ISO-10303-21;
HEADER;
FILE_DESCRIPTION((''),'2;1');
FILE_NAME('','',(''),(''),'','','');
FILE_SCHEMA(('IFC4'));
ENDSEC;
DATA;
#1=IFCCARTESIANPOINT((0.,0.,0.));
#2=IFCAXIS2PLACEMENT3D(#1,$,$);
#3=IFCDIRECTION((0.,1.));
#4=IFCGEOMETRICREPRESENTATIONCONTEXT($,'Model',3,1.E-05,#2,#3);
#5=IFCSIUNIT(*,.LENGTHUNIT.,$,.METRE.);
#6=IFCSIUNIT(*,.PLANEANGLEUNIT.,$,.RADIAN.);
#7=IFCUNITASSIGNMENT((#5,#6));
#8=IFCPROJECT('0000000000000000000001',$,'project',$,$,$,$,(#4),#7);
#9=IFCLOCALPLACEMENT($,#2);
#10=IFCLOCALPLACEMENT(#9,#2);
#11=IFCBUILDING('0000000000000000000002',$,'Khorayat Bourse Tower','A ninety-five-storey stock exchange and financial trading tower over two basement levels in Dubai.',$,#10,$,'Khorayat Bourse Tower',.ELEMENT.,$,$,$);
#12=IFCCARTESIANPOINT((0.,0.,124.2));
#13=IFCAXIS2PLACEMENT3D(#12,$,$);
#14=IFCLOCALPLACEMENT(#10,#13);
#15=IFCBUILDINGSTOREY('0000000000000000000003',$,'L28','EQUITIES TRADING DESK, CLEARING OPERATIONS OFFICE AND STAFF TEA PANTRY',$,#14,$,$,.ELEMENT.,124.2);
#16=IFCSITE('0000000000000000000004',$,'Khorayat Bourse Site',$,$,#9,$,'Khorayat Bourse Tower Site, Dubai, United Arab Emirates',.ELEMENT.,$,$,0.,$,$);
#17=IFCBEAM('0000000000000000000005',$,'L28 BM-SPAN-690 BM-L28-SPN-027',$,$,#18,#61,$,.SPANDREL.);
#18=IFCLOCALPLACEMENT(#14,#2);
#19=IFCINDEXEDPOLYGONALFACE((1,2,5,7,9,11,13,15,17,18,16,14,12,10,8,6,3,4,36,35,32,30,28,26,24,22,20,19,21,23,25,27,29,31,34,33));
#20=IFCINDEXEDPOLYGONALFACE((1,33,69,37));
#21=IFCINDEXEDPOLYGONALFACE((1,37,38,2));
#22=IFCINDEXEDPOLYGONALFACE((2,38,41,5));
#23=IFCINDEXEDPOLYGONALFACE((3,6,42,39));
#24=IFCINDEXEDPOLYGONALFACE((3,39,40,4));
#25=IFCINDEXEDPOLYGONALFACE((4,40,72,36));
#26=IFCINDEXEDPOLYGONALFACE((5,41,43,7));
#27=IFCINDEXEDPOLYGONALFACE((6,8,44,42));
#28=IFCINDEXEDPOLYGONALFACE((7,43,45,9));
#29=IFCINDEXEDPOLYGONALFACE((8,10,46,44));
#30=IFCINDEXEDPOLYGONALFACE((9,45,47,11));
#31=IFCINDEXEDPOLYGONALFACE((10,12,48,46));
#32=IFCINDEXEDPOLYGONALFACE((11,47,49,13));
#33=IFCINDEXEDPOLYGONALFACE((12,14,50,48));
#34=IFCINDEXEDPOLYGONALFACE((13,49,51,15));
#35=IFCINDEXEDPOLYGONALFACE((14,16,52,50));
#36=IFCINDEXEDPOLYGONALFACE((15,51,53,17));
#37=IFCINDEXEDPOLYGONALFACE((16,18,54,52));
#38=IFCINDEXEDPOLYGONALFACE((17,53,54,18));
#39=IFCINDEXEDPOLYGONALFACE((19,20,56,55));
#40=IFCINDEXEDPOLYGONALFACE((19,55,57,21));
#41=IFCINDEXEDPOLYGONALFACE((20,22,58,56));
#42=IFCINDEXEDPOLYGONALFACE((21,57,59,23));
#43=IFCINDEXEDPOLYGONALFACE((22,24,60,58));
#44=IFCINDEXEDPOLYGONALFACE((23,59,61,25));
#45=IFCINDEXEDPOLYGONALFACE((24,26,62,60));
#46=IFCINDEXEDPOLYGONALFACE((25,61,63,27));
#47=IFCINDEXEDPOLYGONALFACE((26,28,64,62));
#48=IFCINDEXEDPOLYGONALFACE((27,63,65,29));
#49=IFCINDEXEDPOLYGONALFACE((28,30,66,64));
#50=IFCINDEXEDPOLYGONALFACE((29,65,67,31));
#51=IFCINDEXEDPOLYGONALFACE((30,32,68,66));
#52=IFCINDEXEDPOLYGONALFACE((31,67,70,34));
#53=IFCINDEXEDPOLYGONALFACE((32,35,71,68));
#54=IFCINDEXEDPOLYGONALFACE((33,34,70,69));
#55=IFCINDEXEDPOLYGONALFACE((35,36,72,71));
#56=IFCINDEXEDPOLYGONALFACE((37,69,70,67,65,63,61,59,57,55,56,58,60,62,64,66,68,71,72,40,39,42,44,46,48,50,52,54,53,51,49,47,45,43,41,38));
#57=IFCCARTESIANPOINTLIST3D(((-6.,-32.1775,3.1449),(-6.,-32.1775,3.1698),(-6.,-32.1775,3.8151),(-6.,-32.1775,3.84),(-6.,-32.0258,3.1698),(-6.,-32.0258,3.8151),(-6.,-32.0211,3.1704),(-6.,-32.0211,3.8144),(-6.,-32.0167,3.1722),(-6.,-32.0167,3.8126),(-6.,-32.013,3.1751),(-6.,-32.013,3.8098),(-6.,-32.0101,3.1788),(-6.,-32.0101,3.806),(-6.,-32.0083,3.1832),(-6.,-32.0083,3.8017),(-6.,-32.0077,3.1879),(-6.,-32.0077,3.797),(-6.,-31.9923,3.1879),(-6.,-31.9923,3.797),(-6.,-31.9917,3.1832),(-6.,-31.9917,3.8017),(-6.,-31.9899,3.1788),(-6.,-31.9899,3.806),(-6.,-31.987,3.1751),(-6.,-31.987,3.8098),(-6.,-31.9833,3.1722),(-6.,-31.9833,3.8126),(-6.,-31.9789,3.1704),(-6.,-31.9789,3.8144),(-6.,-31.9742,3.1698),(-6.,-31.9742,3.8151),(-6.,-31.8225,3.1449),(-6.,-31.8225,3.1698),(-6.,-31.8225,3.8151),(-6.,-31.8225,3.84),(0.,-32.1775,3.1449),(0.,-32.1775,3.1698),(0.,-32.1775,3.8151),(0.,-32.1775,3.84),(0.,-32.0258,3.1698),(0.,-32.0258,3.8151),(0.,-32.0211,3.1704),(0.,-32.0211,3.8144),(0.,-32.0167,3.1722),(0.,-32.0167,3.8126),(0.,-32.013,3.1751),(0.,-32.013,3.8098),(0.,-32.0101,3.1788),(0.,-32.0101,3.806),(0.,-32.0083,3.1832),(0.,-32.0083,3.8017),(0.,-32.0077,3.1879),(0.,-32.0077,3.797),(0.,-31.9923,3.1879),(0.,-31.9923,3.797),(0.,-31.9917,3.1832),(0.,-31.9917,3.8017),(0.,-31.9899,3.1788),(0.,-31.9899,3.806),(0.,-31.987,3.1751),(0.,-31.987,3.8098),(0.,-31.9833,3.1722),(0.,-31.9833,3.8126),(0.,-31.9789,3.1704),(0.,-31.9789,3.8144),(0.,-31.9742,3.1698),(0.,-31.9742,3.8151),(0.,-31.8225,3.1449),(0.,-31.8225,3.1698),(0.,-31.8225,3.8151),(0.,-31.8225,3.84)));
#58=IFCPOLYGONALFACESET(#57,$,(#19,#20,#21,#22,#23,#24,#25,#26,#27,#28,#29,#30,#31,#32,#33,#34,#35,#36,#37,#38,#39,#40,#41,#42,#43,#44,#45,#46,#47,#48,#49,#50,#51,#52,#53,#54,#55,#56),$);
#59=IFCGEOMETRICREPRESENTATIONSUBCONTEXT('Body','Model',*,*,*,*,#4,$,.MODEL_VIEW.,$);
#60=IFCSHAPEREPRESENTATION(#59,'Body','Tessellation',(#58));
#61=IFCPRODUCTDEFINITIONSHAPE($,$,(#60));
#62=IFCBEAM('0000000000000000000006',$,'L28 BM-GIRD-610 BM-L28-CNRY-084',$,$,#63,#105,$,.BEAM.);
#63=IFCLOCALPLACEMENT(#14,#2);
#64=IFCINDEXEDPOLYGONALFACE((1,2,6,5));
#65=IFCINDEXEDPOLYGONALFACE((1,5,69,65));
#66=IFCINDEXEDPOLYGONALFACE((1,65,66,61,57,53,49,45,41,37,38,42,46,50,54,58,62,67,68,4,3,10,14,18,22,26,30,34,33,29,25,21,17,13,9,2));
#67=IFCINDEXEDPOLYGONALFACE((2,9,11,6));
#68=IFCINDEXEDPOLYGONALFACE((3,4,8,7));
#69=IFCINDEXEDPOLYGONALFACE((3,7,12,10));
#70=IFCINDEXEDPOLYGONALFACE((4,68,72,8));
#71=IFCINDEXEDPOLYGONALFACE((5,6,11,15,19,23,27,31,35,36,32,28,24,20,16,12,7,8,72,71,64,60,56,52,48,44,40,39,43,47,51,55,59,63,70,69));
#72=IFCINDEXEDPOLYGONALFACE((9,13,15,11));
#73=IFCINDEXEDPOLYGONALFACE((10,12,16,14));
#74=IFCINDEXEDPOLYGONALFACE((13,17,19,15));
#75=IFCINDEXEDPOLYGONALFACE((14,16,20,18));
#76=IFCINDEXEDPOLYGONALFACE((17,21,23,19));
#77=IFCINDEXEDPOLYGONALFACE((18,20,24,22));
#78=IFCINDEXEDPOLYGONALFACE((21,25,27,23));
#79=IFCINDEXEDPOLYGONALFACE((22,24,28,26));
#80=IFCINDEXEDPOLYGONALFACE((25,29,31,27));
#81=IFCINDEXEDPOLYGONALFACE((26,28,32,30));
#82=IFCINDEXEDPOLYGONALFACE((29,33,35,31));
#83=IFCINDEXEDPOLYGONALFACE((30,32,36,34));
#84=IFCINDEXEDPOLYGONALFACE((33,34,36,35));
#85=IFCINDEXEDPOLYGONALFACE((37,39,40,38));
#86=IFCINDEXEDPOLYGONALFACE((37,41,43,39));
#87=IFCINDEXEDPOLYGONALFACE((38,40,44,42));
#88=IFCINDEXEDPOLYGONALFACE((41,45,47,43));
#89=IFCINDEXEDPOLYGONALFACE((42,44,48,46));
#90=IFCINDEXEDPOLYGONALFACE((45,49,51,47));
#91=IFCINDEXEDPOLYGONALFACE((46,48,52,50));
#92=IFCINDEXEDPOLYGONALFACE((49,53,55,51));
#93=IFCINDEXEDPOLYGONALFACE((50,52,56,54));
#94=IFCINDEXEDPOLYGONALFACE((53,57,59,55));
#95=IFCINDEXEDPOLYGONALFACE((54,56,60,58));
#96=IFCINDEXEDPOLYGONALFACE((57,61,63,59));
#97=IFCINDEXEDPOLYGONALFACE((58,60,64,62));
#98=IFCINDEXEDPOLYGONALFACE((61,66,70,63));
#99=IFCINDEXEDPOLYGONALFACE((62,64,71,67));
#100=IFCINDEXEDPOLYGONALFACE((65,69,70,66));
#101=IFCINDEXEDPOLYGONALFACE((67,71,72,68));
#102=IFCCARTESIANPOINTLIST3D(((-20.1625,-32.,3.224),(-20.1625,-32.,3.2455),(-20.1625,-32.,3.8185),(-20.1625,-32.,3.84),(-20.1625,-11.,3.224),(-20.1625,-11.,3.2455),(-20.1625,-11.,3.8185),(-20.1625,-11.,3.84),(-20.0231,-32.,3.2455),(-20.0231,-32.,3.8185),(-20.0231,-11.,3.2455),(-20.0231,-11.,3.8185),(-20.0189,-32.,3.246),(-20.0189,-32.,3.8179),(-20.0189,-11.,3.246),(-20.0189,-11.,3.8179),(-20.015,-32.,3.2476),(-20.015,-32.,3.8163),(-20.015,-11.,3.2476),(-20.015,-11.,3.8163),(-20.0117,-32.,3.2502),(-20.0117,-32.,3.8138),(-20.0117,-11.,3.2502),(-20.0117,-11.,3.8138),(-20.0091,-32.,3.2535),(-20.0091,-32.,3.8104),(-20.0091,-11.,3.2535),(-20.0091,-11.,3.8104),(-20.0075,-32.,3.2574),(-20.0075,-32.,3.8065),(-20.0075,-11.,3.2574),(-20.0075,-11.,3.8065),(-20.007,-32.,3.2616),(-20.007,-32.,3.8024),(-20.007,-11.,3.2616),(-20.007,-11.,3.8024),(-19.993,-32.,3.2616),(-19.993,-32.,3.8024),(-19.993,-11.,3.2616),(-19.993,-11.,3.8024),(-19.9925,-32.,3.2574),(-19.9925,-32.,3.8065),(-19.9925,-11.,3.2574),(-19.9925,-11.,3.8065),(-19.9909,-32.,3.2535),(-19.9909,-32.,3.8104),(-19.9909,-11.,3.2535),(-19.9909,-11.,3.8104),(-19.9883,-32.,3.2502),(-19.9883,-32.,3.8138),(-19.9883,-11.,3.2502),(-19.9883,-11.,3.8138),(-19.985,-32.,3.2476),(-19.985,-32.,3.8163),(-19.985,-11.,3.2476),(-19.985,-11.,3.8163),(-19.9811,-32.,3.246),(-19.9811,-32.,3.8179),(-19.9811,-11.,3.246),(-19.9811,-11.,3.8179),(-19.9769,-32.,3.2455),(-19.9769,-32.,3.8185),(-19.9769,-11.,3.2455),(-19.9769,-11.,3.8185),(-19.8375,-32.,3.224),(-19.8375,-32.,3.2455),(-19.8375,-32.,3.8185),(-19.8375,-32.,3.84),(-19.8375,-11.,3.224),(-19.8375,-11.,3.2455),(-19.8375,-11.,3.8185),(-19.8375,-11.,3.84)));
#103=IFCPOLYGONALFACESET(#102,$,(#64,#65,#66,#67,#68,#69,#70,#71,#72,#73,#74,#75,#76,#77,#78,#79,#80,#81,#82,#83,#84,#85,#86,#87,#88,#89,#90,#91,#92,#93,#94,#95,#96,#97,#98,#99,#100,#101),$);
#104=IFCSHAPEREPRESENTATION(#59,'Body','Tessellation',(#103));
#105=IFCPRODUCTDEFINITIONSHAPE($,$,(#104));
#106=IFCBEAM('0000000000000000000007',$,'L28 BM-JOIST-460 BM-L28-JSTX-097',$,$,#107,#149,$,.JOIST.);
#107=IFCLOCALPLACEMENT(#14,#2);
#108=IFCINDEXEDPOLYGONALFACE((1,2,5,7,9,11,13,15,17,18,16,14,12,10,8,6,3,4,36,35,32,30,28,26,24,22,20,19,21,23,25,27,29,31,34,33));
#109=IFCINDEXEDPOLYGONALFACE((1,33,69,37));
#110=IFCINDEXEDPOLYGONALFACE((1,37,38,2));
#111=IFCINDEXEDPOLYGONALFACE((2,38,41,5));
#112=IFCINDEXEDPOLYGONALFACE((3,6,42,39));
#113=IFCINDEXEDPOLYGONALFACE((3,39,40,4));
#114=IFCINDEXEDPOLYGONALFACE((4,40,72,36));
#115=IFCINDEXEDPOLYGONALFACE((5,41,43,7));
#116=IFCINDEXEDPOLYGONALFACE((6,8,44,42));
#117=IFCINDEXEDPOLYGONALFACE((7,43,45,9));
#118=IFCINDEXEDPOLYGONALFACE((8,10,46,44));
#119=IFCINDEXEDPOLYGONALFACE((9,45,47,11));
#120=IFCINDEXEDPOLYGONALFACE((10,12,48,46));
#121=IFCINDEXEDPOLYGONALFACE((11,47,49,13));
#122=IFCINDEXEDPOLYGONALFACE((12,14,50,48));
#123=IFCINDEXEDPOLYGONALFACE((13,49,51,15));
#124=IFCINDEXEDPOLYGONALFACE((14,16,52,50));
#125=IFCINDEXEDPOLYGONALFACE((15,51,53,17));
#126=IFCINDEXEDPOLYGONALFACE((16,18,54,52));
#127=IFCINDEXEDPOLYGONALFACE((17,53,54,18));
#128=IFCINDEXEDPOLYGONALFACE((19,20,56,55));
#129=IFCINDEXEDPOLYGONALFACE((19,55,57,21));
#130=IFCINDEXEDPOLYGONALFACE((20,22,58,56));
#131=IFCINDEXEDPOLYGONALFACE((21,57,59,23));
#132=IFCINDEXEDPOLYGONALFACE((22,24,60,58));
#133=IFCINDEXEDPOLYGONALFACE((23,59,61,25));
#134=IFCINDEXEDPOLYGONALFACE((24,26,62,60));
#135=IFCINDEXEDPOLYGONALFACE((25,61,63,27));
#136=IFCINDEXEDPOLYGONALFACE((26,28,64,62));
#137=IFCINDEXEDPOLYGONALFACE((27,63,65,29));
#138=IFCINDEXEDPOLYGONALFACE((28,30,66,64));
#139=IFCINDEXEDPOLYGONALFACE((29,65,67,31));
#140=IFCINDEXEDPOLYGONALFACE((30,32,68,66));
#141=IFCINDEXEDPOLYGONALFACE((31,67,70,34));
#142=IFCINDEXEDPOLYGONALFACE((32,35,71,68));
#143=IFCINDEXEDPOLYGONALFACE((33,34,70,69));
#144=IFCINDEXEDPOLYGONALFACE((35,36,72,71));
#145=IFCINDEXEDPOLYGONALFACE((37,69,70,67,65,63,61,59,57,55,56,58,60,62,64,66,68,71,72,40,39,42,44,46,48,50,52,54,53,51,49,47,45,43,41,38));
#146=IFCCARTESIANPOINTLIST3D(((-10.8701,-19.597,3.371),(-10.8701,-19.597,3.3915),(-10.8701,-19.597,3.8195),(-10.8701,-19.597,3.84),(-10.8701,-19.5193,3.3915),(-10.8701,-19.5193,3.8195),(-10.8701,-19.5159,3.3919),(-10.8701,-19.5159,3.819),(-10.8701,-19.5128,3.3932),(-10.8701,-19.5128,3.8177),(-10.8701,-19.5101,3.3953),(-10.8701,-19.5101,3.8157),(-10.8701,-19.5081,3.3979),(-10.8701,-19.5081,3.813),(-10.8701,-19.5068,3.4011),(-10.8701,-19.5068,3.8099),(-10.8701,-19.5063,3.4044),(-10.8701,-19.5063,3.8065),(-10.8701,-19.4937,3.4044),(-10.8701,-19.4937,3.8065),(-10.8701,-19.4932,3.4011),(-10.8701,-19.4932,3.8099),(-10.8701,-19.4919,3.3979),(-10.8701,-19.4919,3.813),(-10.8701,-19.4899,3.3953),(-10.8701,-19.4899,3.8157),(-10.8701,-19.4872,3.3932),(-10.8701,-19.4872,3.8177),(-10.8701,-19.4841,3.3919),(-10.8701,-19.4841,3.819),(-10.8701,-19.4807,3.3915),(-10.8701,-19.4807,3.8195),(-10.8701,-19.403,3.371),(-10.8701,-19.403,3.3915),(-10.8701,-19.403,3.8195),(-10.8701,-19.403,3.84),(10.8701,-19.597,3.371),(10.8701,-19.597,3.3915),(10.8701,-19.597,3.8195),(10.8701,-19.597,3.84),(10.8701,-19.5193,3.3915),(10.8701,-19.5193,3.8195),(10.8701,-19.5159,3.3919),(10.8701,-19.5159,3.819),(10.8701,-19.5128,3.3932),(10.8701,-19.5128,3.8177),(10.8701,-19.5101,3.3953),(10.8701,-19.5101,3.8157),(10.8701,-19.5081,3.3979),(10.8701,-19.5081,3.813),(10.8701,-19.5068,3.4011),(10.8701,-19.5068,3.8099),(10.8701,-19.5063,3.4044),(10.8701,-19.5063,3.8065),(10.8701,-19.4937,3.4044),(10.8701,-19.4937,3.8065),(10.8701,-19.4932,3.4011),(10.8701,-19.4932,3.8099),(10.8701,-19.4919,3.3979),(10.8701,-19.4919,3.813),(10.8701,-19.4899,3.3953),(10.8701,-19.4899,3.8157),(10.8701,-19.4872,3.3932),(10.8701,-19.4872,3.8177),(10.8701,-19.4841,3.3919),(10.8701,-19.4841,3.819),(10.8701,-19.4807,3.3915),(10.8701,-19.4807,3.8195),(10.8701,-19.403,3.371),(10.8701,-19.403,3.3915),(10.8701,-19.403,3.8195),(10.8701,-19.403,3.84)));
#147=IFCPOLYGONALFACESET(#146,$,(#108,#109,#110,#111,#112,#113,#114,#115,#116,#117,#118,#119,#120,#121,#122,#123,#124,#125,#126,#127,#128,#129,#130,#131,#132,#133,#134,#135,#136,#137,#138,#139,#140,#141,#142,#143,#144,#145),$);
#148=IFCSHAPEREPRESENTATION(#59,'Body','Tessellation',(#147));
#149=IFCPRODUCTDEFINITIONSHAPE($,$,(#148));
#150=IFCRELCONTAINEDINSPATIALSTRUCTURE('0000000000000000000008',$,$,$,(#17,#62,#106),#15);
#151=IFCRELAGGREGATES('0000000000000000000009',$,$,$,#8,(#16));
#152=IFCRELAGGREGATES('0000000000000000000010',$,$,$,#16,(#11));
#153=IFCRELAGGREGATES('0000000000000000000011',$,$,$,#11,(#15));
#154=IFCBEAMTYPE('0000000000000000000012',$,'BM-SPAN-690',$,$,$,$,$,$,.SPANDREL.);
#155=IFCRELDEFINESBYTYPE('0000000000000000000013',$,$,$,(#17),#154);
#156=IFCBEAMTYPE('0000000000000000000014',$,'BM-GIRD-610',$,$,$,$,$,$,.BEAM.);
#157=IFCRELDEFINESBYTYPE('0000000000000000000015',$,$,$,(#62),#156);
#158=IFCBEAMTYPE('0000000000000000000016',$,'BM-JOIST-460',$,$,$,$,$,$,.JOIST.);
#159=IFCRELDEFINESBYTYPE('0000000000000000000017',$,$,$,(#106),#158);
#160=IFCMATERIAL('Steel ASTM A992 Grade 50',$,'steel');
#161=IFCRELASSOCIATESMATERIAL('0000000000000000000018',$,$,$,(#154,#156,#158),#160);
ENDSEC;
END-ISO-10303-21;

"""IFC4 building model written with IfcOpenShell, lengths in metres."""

from ifc_helpers import new_model, si_unit, direction, frame, origin, origin_2d, place, context, subcontext, project, spatial, i_section, extrude, source, transform, mapped, material, material_profile, profile_set, type_object, element, save


model = new_model("IFC4")

# Units and contexts
model_context = context("Model", 3, precision=1e-05, world=origin(), true_north=direction((0.0, 1.0)))
body_context = subcontext(model_context, "Body", "Model", "MODEL_VIEW")
ifc_project = project(units=[si_unit("LENGTHUNIT", "METRE"), si_unit("PLANEANGLEUNIT", "RADIAN")], contexts=[model_context])

# Site, building, storey
site_placement = place(None, origin())
site = spatial("IfcSite", under=ifc_project, at=site_placement, Name="Khorayat Bourse Site", LongName="Khorayat Bourse Tower Site, Dubai, United Arab Emirates", CompositionType="ELEMENT", RefElevation=0.0)
building_placement = place(site_placement, origin())
building = spatial("IfcBuilding", under=site, at=building_placement, Name="Khorayat Bourse Tower", Description="A ninety-five-storey stock exchange and financial trading tower over two basement levels in Dubai.", LongName="Khorayat Bourse Tower", CompositionType="ELEMENT")
storey_placement = place(building_placement, frame((0.0, 0.0, 124.2)))
storey = spatial("IfcBuildingStorey", under=building, at=storey_placement, Name="L28", Description="EQUITIES TRADING DESK, CLEARING OPERATIONS OFFICE AND STAFF TEA PANTRY", CompositionType="ELEMENT", Elevation=124.2)

# Beams
ifc_material_1 = material(Name="Steel ASTM A992 Grade 50", Category="steel")
ifc_material_profile_1 = material_profile(ifc_material_1, i_section(OverallWidth=0.355, OverallDepth=0.6951, WebThickness=0.0154, FlangeThickness=0.0249, FilletRadius=0.0181, at=origin_2d()), Name="W690X217")
ifc_profile_set_1 = profile_set([ifc_material_profile_1], Name="Steel ASTM A992 Grade 50")
beam_type_1 = type_object("IfcBeamType", Name="BM-SPAN-690", PredefinedType="SPANDREL", material=ifc_profile_set_1)
shared_shape_1 = source(origin(), body_context, "Body", "SweptSolid", [
    extrude(i_section(OverallWidth=0.355, OverallDepth=0.6951, WebThickness=0.0154, FlangeThickness=0.0249, FilletRadius=0.0181, at=origin_2d()), origin(), (0.0, 0.0, 1.0), 6.0),
])
beam_1_placement = place(storey_placement, frame((-6.0, -32.0, 3.4924), z_axis=(1.0, 0.0, 0.0), x_axis=(0.0, 1.0, 0.0)))
element("IfcBeam", 1, at=beam_1_placement, inside=storey, type_object=beam_type_1, Name="L28 BM-SPAN-690 BM-L28-SPN-027", PredefinedType="SPANDREL", context=body_context, shape_type="MappedRepresentation", body=[
    mapped(shared_shape_1, transform((0.0, 0.0, 0.0), scale=1.0)),
])
ifc_material_profile_2 = material_profile(ifc_material_1, i_section(OverallWidth=0.325, OverallDepth=0.616, WebThickness=0.0139, FlangeThickness=0.0215, FilletRadius=0.0161, at=origin_2d()), Name="W610X174")
ifc_profile_set_2 = profile_set([ifc_material_profile_2], Name="Steel ASTM A992 Grade 50")
beam_type_2 = type_object("IfcBeamType", Name="BM-GIRD-610", PredefinedType="BEAM", material=ifc_profile_set_2)
shared_shape_2 = source(origin(), body_context, "Body", "SweptSolid", [
    extrude(i_section(OverallWidth=0.325, OverallDepth=0.616, WebThickness=0.0139, FlangeThickness=0.0215, FilletRadius=0.0161, at=origin_2d()), origin(), (0.0, 0.0, 1.0), 21.0),
])
beam_2_placement = place(storey_placement, frame((-20.0, -32.0, 3.532), z_axis=(0.0, 1.0, 0.0), x_axis=(-1.0, 0.0, 0.0)))
element("IfcBeam", 2, at=beam_2_placement, inside=storey, type_object=beam_type_2, Name="L28 BM-GIRD-610 BM-L28-CNRY-084", PredefinedType="BEAM", context=body_context, shape_type="MappedRepresentation", body=[
    mapped(shared_shape_2, transform((0.0, 0.0, 0.0), scale=1.0)),
])
ifc_material_profile_3 = material_profile(ifc_material_1, i_section(OverallWidth=0.1941, OverallDepth=0.469, WebThickness=0.0127, FlangeThickness=0.0205, FilletRadius=0.0129, at=origin_2d()), Name="W460X106")
ifc_profile_set_3 = profile_set([ifc_material_profile_3], Name="Steel ASTM A992 Grade 50")
beam_type_3 = type_object("IfcBeamType", Name="BM-JOIST-460", PredefinedType="JOIST", material=ifc_profile_set_3)
shared_shape_3 = source(origin(), body_context, "Body", "SweptSolid", [
    extrude(i_section(OverallWidth=0.1941, OverallDepth=0.469, WebThickness=0.0127, FlangeThickness=0.0205, FilletRadius=0.0129, at=origin_2d()), origin(), (0.0, 0.0, 1.0), 21.7402),
])
beam_3_placement = place(storey_placement, frame((-10.8701, -19.5, 3.6055), z_axis=(1.0, 0.0, 0.0), x_axis=(0.0, 1.0, 0.0)))
element("IfcBeam", 3, at=beam_3_placement, inside=storey, type_object=beam_type_3, Name="L28 BM-JOIST-460 BM-L28-JSTX-097", PredefinedType="JOIST", context=body_context, shape_type="MappedRepresentation", body=[
    mapped(shared_shape_3, transform((0.0, 0.0, 0.0), scale=1.0)),
])

save(model, "model.ifc")
